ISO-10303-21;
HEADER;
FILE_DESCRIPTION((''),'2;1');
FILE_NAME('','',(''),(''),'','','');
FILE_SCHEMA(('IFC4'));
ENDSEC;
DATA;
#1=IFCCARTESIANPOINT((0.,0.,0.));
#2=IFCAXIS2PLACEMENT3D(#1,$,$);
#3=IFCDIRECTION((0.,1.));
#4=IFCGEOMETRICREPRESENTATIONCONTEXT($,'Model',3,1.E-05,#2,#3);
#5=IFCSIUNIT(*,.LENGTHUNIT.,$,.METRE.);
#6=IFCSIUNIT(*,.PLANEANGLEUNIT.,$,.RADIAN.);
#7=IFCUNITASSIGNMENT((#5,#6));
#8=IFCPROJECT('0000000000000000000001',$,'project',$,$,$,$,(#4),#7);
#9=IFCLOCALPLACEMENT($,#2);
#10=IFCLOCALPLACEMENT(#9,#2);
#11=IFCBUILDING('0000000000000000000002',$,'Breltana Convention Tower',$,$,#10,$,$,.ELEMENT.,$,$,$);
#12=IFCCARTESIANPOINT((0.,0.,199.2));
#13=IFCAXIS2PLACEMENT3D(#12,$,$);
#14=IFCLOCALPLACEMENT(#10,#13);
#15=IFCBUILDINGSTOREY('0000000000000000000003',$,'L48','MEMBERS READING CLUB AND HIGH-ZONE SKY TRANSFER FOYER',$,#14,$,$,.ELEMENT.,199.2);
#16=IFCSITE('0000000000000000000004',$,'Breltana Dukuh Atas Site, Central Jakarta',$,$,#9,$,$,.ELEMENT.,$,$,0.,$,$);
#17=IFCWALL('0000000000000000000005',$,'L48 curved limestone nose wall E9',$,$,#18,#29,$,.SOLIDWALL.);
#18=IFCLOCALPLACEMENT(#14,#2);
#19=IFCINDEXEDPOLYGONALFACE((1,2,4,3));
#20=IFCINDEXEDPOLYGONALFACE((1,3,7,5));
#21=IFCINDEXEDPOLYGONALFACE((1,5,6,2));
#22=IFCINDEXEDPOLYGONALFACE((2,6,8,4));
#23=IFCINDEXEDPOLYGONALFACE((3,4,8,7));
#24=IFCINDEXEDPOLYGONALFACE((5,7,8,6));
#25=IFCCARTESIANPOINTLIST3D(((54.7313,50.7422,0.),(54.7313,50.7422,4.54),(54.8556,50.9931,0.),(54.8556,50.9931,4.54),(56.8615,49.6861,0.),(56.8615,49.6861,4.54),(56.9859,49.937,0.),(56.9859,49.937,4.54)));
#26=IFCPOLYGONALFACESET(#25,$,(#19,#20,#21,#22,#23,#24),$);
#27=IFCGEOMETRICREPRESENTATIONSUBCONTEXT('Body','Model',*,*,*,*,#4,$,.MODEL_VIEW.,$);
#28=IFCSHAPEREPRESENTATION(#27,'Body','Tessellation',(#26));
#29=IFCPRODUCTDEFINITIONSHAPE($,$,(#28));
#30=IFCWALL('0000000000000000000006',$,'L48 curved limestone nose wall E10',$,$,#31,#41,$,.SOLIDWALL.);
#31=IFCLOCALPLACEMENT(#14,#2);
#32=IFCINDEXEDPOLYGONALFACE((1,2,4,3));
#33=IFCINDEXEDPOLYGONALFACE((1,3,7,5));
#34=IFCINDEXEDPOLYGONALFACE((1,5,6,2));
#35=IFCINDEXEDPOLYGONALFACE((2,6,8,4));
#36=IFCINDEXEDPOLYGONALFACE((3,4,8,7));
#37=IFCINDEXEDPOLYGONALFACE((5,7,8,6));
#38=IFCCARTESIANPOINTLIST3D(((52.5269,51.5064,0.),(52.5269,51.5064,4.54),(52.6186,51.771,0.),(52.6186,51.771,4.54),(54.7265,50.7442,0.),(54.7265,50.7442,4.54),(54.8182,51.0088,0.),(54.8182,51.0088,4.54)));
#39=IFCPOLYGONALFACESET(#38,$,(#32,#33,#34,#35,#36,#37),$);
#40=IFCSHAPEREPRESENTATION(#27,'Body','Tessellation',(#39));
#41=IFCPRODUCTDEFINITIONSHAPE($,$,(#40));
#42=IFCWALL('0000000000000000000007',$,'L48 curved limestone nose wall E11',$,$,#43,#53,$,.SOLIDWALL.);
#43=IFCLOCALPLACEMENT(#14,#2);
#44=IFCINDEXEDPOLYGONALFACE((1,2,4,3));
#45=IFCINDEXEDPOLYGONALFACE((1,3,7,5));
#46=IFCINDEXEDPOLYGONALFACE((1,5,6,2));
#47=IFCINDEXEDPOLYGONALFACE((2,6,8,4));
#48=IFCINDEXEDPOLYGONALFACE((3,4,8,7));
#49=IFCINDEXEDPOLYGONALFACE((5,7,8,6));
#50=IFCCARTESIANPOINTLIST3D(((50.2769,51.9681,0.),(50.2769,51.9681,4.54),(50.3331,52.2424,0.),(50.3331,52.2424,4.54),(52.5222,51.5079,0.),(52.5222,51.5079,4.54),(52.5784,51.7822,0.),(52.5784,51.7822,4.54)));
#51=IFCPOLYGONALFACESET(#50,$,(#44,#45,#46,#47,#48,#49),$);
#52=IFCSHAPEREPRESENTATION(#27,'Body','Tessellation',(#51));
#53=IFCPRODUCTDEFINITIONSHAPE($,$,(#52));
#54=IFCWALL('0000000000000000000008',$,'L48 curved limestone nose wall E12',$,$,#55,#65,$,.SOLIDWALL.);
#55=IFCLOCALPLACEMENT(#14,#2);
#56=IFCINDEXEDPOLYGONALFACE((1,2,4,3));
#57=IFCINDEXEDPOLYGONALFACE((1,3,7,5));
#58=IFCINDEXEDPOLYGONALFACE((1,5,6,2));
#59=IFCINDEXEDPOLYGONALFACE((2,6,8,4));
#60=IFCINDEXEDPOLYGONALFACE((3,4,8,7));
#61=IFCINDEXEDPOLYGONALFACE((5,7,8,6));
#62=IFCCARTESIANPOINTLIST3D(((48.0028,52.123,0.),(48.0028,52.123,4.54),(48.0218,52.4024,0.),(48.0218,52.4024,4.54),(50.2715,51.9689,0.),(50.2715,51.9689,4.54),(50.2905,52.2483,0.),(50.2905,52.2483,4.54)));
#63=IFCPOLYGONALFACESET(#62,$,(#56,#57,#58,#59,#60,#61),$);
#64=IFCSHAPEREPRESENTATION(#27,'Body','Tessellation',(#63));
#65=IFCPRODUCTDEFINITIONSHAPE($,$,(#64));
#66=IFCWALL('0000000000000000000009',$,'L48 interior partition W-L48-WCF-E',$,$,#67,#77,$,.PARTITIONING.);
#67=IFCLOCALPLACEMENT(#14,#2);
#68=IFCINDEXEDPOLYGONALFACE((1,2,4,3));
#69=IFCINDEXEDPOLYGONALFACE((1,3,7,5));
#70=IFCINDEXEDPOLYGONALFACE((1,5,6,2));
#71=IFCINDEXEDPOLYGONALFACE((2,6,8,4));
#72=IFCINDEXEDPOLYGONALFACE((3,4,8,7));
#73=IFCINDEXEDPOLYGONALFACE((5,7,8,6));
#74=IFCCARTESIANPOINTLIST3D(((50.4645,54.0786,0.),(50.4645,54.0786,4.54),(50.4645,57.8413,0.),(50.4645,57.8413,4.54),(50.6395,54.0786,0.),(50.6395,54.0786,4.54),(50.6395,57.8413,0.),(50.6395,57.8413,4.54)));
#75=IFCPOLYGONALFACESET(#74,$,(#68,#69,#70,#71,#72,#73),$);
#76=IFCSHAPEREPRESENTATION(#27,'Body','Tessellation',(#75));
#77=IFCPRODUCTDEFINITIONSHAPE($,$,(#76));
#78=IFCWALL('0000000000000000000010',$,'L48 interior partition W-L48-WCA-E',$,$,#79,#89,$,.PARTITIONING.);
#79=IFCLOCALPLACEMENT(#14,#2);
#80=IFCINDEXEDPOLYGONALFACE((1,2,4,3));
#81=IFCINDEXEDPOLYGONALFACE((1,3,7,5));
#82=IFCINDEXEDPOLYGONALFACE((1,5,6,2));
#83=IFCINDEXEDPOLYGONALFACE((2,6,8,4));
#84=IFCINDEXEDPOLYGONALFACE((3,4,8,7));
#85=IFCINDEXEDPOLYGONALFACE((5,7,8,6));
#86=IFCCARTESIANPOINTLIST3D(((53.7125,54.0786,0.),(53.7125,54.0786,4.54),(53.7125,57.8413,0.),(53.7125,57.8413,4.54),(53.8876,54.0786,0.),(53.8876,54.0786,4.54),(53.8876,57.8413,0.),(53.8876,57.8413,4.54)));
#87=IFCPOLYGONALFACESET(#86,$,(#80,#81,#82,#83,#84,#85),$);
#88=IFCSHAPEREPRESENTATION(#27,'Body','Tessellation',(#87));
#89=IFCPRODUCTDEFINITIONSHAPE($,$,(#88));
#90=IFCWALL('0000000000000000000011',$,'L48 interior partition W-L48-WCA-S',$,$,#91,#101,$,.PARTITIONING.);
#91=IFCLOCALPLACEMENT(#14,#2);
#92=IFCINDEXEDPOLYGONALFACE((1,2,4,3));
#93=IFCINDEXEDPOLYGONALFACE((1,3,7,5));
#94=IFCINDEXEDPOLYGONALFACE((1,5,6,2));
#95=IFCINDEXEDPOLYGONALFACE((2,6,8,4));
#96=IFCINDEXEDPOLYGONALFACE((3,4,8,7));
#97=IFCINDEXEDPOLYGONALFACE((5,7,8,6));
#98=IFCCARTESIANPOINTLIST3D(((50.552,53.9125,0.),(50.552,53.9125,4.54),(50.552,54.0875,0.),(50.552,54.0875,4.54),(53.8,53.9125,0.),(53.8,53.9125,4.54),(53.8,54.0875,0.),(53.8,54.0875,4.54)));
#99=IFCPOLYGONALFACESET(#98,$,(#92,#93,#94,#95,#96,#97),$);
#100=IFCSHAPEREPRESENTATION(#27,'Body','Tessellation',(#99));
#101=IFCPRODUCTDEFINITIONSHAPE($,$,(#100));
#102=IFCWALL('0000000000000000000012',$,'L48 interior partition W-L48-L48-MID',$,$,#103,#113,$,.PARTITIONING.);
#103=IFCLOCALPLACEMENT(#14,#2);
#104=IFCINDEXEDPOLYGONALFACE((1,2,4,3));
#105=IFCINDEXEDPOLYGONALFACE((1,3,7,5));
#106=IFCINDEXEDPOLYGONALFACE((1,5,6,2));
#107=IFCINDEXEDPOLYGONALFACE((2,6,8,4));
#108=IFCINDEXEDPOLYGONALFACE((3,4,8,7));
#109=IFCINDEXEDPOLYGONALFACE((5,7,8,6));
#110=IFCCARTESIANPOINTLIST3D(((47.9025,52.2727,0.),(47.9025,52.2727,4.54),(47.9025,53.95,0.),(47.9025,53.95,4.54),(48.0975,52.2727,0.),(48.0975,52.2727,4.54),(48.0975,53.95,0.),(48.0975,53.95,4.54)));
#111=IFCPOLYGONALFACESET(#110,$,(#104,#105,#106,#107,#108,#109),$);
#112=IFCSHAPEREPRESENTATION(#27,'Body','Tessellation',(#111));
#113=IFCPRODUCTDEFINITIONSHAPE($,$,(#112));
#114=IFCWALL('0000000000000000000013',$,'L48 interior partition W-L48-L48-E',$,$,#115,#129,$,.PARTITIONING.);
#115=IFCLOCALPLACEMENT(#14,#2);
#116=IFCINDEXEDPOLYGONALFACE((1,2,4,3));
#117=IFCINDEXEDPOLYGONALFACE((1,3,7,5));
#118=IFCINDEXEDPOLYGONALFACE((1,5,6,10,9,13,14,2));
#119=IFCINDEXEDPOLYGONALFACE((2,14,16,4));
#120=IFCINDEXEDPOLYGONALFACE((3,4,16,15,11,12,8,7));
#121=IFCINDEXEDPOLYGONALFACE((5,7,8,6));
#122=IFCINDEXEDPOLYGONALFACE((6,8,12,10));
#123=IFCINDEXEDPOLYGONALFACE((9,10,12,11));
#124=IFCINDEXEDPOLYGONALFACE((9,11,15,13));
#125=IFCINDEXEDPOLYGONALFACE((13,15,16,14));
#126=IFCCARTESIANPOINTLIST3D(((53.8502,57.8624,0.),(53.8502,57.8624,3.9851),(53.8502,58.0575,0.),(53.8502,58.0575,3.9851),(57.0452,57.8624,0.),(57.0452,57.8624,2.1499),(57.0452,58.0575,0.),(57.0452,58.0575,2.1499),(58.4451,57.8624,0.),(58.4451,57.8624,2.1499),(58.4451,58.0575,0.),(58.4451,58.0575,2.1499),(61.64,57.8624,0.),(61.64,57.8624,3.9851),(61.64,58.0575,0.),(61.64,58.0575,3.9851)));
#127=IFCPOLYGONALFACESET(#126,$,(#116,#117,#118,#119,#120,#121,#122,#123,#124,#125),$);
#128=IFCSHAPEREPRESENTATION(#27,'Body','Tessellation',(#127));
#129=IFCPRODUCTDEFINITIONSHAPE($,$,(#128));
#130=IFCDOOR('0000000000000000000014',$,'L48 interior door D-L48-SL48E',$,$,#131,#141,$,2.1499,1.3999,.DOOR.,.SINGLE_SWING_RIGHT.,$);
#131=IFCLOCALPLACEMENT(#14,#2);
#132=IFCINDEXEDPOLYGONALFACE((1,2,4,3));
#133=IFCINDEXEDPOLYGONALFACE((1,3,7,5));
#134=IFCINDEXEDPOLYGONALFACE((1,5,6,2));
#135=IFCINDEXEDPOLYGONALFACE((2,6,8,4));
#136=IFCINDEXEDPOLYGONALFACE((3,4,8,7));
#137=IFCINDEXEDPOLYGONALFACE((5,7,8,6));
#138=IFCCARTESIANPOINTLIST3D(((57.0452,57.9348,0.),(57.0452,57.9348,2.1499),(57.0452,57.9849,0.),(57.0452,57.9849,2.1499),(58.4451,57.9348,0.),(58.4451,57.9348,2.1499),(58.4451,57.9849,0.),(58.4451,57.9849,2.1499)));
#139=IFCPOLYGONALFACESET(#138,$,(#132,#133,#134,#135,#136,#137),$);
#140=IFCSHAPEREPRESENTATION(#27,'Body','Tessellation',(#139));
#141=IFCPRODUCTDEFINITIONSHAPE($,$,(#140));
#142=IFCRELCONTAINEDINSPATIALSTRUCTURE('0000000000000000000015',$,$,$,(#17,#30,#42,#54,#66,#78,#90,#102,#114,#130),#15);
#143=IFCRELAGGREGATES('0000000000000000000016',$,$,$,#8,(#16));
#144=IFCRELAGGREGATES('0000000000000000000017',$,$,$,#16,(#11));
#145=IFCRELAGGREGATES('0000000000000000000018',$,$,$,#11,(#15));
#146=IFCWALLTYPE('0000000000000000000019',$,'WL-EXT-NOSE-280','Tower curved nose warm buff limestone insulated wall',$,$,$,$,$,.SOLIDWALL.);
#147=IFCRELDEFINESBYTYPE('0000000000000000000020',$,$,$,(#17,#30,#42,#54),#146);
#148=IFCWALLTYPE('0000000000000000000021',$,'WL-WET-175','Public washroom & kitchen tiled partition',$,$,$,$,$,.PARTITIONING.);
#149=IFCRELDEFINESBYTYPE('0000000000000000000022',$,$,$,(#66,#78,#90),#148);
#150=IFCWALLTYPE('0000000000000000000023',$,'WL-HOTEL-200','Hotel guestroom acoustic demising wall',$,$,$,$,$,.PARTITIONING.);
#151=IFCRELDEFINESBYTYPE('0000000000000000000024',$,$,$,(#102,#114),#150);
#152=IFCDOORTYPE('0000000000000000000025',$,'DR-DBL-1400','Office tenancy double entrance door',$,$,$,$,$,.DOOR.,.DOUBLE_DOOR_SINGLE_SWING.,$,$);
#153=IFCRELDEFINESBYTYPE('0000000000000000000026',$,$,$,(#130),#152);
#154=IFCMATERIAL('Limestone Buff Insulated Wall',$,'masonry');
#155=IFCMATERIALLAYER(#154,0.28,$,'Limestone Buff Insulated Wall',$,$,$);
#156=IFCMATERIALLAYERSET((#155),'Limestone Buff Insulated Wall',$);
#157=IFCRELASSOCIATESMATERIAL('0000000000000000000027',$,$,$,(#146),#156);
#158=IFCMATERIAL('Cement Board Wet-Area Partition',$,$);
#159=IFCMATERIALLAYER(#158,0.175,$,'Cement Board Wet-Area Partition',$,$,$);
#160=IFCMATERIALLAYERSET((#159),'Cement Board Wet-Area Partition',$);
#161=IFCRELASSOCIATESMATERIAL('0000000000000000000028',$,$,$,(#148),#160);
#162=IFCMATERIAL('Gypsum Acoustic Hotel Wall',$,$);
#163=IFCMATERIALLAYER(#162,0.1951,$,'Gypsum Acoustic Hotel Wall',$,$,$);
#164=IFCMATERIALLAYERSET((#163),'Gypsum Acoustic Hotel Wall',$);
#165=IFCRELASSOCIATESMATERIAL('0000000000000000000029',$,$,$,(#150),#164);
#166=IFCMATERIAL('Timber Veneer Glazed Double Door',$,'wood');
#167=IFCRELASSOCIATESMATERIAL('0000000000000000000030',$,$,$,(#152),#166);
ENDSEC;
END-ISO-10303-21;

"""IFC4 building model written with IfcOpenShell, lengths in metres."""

from ifc_helpers import new_model, si_unit, direction, frame, frame_2d, origin, place, context, subcontext, project, spatial, rectangle, extrude, source, transform, mapped, material, layer, layer_set, type_object, type_shapes, element, fill, save


model = new_model("IFC4")

# Units and contexts
model_context = context("Model", 3, precision=1e-05, world=origin(), true_north=direction((0.0, 1.0)))
body_context = subcontext(model_context, "Body", "Model", "MODEL_VIEW")
ifc_project = project(units=[si_unit("LENGTHUNIT", "METRE"), si_unit("PLANEANGLEUNIT", "RADIAN")], contexts=[model_context])

# Site, building, storey
site_placement = place(None, origin())
site = spatial("IfcSite", under=ifc_project, at=site_placement, Name="Breltana Dukuh Atas Site, Central Jakarta", CompositionType="ELEMENT", RefElevation=0.0)
building_placement = place(site_placement, origin())
building = spatial("IfcBuilding", under=site, at=building_placement, Name="Breltana Convention Tower", CompositionType="ELEMENT")
storey_placement = place(building_placement, frame((0.0, 0.0, 199.2)))
storey = spatial("IfcBuildingStorey", under=building, at=storey_placement, Name="L48", Description="MEMBERS READING CLUB AND HIGH-ZONE SKY TRANSFER FOYER", CompositionType="ELEMENT", Elevation=199.2)

# Walls
ifc_material_1 = material(Name="Limestone Buff Insulated Wall", Category="masonry")
ifc_layer_1 = layer(ifc_material_1, 0.28, Name="Limestone Buff Insulated Wall")
ifc_layer_set_1 = layer_set([ifc_layer_1], Name="Limestone Buff Insulated Wall")
wall_type_1 = type_object("IfcWallType", Name="WL-EXT-NOSE-280", Description="Tower curved nose warm buff limestone insulated wall", PredefinedType="SOLIDWALL", material=ifc_layer_set_1)
shared_shape_1 = source(origin(), body_context, "Body", "SweptSolid", [
    extrude(rectangle(XDim=2.3777, YDim=0.28, at=frame_2d((1.189, 0.0))), origin(), (0.0, 0.0, 1.0), 4.54),
])
wall_1_placement = place(storey_placement, frame((56.9238, 49.8115, 0.0), z_axis=(0.0, 0.0, 1.0), x_axis=(-0.895942, 0.444172, 0.0)))
element("IfcWall", 1, at=wall_1_placement, inside=storey, type_object=wall_type_1, Name="L48 curved limestone nose wall E9", PredefinedType="SOLIDWALL", context=body_context, shape_type="MappedRepresentation", body=[
    mapped(shared_shape_1, transform((0.0, 0.0, 0.0), scale=1.0)),
])
shared_shape_2 = source(origin(), body_context, "Body", "SweptSolid", [
    extrude(rectangle(XDim=2.3279, YDim=0.28, at=frame_2d((1.1641, 0.0))), origin(), (0.0, 0.0, 1.0), 4.54),
])
wall_2_placement = place(storey_placement, frame((54.7725, 50.8765, 0.0), z_axis=(0.0, 0.0, 1.0), x_axis=(-0.944873, 0.327438, 0.0)))
element("IfcWall", 2, at=wall_2_placement, inside=storey, type_object=wall_type_1, Name="L48 curved limestone nose wall E10", PredefinedType="SOLIDWALL", context=body_context, shape_type="MappedRepresentation", body=[
    mapped(shared_shape_2, transform((0.0, 0.0, 0.0), scale=1.0)),
])
shared_shape_3 = source(origin(), body_context, "Body", "SweptSolid", [
    extrude(rectangle(XDim=2.292, YDim=0.28, at=frame_2d((1.146, 0.0))), origin(), (0.0, 0.0, 1.0), 4.54),
])
wall_3_placement = place(storey_placement, frame((52.5503, 51.645, 0.0), z_axis=(0.0, 0.0, 1.0), x_axis=(-0.979635, 0.200784, 0.0)))
element("IfcWall", 3, at=wall_3_placement, inside=storey, type_object=wall_type_1, Name="L48 curved limestone nose wall E11", PredefinedType="SOLIDWALL", context=body_context, shape_type="MappedRepresentation", body=[
    mapped(shared_shape_3, transform((0.0, 0.0, 0.0), scale=1.0)),
])
shared_shape_4 = source(origin(), body_context, "Body", "SweptSolid", [
    extrude(rectangle(XDim=2.2739, YDim=0.28, at=frame_2d((1.137, 0.0))), origin(), (0.0, 0.0, 1.0), 4.54),
])
wall_4_placement = place(storey_placement, frame((50.281, 52.1086, 0.0), z_axis=(0.0, 0.0, 1.0), x_axis=(-0.997703, 0.067745, 0.0)))
element("IfcWall", 4, at=wall_4_placement, inside=storey, type_object=wall_type_1, Name="L48 curved limestone nose wall E12", PredefinedType="SOLIDWALL", context=body_context, shape_type="MappedRepresentation", body=[
    mapped(shared_shape_4, transform((0.0, 0.0, 0.0), scale=1.0)),
])
ifc_material_2 = material(Name="Cement Board Wet-Area Partition")
ifc_layer_2 = layer(ifc_material_2, 0.175, Name="Cement Board Wet-Area Partition")
ifc_layer_set_2 = layer_set([ifc_layer_2], Name="Cement Board Wet-Area Partition")
wall_type_2 = type_object("IfcWallType", Name="WL-WET-175", Description="Public washroom & kitchen tiled partition", PredefinedType="PARTITIONING", material=ifc_layer_set_2)
shared_shape_5 = source(origin(), body_context, "Body", "SweptSolid", [
    extrude(rectangle(XDim=3.7627, YDim=0.175, at=frame_2d((1.8813, 0.0))), origin(), (0.0, 0.0, 1.0), 4.54),
])
for number, where, z_axis, x_axis, name in (
    (5, (50.552, 54.0786, 0.0), (0.0, 0.0, 1.0), (0.0, 1.0, 0.0), "L48 interior partition W-L48-WCF-E"),
    (6, (53.8, 54.0786, 0.0), (0.0, 0.0, 1.0), (0.0, 1.0, 0.0), "L48 interior partition W-L48-WCA-E"),
):
    element("IfcWall", number, at=place(storey_placement, frame(where, z_axis=z_axis, x_axis=x_axis)), inside=storey, type_object=wall_type_2, Name=name, PredefinedType="PARTITIONING", context=body_context, shape_type="MappedRepresentation", body=[
        mapped(shared_shape_5, transform((0.0, 0.0, 0.0), scale=1.0)),
    ])
shared_shape_6 = source(origin(), body_context, "Body", "SweptSolid", [
    extrude(rectangle(XDim=3.248, YDim=0.175, at=frame_2d((1.624, 0.0))), origin(), (0.0, 0.0, 1.0), 4.54),
])
wall_5_placement = place(storey_placement, frame((50.552, 54.0, 0.0), z_axis=(0.0, 0.0, 1.0), x_axis=(1.0, 0.0, 0.0)))
element("IfcWall", 7, at=wall_5_placement, inside=storey, type_object=wall_type_2, Name="L48 interior partition W-L48-WCA-S", PredefinedType="PARTITIONING", context=body_context, shape_type="MappedRepresentation", body=[
    mapped(shared_shape_6, transform((0.0, 0.0, 0.0), scale=1.0)),
])

# Wall
ifc_material_3 = material(Name="Gypsum Acoustic Hotel Wall")
ifc_layer_3 = layer(ifc_material_3, 0.1951, Name="Gypsum Acoustic Hotel Wall")
ifc_layer_set_3 = layer_set([ifc_layer_3], Name="Gypsum Acoustic Hotel Wall")
wall_type_3 = type_object("IfcWallType", Name="WL-HOTEL-200", Description="Hotel guestroom acoustic demising wall", PredefinedType="PARTITIONING", material=ifc_layer_set_3)
shared_shape_7 = source(origin(), body_context, "Body", "SweptSolid", [
    extrude(rectangle(XDim=1.6772, YDim=0.1951, at=frame_2d((0.8386, 0.0))), origin(), (0.0, 0.0, 1.0), 4.54),
])
wall_6_placement = place(storey_placement, frame((48.0, 52.2727, 0.0), z_axis=(0.0, 0.0, 1.0), x_axis=(0.0, 1.0, 0.0)))
element("IfcWall", 8, at=wall_6_placement, inside=storey, type_object=wall_type_3, Name="L48 interior partition W-L48-L48-MID", PredefinedType="PARTITIONING", context=body_context, shape_type="MappedRepresentation", body=[
    mapped(shared_shape_7, transform((0.0, 0.0, 0.0), scale=1.0)),
])

# Wall, opening, door
shared_shape_8 = source(origin(), body_context, "Body", "SweptSolid", [
    extrude(rectangle(XDim=7.7898, YDim=0.1951, at=frame_2d((3.895, 0.0))), origin(), (0.0, 0.0, 1.0), 3.9851),
])
wall_7_placement = place(storey_placement, frame((53.8501, 57.96, 0.0), z_axis=(0.0, 0.0, 1.0), x_axis=(1.0, 0.0, 0.0)))
wall_7 = element("IfcWall", 9, at=wall_7_placement, inside=storey, type_object=wall_type_3, Name="L48 interior partition W-L48-L48-E", PredefinedType="PARTITIONING", context=body_context, shape_type="MappedRepresentation", body=[
    mapped(shared_shape_8, transform((0.0, 0.0, 0.0), scale=1.0)),
])
opening_1_placement = place(wall_7_placement, frame((3.1951, 0.0, 0.0)))
opening_1 = element("IfcOpeningElement", 10, at=opening_1_placement, cuts=wall_7, PredefinedType="OPENING", context=body_context, shape_type="SweptSolid", body=[
    extrude(rectangle(XDim=1.3999, YDim=2.1499, at=frame_2d((0.7, 1.075))), frame((0.0, 0.1074, 0.0), z_axis=(0.0, -1.0, 0.0), x_axis=(1.0, 0.0, 0.0)), (0.0, 0.0, 1.0), 0.2151),
])
ifc_material_4 = material(Name="Timber Veneer Glazed Double Door", Category="wood")
door_type_1 = type_object("IfcDoorType", Name="DR-DBL-1400", Description="Office tenancy double entrance door", OperationType="DOUBLE_DOOR_SINGLE_SWING", PredefinedType="DOOR", material=ifc_material_4)
shared_shape_9 = source(origin(), body_context, "Body", "SweptSolid", [
    extrude(rectangle(XDim=1.3999, YDim=2.1499, at=frame_2d((0.7, 1.075))), frame((0.0, 0.0249, 0.0), z_axis=(0.0, -1.0, 0.0), x_axis=(1.0, 0.0, 0.0)), (0.0, 0.0, 1.0), 0.05),
])
type_shapes(door_type_1, [shared_shape_9])
door_1_placement = place(opening_1_placement, origin())
door_1 = element("IfcDoor", 11, at=door_1_placement, inside=storey, type_object=door_type_1, Name="L48 interior door D-L48-SL48E", OperationType="SINGLE_SWING_RIGHT", OverallHeight=2.1499, OverallWidth=1.3999, PredefinedType="DOOR", context=body_context, shape_type="MappedRepresentation", body=[
    mapped(shared_shape_9, transform((0.0, 0.0, 0.0), scale=1.0)),
])
fill(opening_1, door_1)

save(model, "model.ifc")
